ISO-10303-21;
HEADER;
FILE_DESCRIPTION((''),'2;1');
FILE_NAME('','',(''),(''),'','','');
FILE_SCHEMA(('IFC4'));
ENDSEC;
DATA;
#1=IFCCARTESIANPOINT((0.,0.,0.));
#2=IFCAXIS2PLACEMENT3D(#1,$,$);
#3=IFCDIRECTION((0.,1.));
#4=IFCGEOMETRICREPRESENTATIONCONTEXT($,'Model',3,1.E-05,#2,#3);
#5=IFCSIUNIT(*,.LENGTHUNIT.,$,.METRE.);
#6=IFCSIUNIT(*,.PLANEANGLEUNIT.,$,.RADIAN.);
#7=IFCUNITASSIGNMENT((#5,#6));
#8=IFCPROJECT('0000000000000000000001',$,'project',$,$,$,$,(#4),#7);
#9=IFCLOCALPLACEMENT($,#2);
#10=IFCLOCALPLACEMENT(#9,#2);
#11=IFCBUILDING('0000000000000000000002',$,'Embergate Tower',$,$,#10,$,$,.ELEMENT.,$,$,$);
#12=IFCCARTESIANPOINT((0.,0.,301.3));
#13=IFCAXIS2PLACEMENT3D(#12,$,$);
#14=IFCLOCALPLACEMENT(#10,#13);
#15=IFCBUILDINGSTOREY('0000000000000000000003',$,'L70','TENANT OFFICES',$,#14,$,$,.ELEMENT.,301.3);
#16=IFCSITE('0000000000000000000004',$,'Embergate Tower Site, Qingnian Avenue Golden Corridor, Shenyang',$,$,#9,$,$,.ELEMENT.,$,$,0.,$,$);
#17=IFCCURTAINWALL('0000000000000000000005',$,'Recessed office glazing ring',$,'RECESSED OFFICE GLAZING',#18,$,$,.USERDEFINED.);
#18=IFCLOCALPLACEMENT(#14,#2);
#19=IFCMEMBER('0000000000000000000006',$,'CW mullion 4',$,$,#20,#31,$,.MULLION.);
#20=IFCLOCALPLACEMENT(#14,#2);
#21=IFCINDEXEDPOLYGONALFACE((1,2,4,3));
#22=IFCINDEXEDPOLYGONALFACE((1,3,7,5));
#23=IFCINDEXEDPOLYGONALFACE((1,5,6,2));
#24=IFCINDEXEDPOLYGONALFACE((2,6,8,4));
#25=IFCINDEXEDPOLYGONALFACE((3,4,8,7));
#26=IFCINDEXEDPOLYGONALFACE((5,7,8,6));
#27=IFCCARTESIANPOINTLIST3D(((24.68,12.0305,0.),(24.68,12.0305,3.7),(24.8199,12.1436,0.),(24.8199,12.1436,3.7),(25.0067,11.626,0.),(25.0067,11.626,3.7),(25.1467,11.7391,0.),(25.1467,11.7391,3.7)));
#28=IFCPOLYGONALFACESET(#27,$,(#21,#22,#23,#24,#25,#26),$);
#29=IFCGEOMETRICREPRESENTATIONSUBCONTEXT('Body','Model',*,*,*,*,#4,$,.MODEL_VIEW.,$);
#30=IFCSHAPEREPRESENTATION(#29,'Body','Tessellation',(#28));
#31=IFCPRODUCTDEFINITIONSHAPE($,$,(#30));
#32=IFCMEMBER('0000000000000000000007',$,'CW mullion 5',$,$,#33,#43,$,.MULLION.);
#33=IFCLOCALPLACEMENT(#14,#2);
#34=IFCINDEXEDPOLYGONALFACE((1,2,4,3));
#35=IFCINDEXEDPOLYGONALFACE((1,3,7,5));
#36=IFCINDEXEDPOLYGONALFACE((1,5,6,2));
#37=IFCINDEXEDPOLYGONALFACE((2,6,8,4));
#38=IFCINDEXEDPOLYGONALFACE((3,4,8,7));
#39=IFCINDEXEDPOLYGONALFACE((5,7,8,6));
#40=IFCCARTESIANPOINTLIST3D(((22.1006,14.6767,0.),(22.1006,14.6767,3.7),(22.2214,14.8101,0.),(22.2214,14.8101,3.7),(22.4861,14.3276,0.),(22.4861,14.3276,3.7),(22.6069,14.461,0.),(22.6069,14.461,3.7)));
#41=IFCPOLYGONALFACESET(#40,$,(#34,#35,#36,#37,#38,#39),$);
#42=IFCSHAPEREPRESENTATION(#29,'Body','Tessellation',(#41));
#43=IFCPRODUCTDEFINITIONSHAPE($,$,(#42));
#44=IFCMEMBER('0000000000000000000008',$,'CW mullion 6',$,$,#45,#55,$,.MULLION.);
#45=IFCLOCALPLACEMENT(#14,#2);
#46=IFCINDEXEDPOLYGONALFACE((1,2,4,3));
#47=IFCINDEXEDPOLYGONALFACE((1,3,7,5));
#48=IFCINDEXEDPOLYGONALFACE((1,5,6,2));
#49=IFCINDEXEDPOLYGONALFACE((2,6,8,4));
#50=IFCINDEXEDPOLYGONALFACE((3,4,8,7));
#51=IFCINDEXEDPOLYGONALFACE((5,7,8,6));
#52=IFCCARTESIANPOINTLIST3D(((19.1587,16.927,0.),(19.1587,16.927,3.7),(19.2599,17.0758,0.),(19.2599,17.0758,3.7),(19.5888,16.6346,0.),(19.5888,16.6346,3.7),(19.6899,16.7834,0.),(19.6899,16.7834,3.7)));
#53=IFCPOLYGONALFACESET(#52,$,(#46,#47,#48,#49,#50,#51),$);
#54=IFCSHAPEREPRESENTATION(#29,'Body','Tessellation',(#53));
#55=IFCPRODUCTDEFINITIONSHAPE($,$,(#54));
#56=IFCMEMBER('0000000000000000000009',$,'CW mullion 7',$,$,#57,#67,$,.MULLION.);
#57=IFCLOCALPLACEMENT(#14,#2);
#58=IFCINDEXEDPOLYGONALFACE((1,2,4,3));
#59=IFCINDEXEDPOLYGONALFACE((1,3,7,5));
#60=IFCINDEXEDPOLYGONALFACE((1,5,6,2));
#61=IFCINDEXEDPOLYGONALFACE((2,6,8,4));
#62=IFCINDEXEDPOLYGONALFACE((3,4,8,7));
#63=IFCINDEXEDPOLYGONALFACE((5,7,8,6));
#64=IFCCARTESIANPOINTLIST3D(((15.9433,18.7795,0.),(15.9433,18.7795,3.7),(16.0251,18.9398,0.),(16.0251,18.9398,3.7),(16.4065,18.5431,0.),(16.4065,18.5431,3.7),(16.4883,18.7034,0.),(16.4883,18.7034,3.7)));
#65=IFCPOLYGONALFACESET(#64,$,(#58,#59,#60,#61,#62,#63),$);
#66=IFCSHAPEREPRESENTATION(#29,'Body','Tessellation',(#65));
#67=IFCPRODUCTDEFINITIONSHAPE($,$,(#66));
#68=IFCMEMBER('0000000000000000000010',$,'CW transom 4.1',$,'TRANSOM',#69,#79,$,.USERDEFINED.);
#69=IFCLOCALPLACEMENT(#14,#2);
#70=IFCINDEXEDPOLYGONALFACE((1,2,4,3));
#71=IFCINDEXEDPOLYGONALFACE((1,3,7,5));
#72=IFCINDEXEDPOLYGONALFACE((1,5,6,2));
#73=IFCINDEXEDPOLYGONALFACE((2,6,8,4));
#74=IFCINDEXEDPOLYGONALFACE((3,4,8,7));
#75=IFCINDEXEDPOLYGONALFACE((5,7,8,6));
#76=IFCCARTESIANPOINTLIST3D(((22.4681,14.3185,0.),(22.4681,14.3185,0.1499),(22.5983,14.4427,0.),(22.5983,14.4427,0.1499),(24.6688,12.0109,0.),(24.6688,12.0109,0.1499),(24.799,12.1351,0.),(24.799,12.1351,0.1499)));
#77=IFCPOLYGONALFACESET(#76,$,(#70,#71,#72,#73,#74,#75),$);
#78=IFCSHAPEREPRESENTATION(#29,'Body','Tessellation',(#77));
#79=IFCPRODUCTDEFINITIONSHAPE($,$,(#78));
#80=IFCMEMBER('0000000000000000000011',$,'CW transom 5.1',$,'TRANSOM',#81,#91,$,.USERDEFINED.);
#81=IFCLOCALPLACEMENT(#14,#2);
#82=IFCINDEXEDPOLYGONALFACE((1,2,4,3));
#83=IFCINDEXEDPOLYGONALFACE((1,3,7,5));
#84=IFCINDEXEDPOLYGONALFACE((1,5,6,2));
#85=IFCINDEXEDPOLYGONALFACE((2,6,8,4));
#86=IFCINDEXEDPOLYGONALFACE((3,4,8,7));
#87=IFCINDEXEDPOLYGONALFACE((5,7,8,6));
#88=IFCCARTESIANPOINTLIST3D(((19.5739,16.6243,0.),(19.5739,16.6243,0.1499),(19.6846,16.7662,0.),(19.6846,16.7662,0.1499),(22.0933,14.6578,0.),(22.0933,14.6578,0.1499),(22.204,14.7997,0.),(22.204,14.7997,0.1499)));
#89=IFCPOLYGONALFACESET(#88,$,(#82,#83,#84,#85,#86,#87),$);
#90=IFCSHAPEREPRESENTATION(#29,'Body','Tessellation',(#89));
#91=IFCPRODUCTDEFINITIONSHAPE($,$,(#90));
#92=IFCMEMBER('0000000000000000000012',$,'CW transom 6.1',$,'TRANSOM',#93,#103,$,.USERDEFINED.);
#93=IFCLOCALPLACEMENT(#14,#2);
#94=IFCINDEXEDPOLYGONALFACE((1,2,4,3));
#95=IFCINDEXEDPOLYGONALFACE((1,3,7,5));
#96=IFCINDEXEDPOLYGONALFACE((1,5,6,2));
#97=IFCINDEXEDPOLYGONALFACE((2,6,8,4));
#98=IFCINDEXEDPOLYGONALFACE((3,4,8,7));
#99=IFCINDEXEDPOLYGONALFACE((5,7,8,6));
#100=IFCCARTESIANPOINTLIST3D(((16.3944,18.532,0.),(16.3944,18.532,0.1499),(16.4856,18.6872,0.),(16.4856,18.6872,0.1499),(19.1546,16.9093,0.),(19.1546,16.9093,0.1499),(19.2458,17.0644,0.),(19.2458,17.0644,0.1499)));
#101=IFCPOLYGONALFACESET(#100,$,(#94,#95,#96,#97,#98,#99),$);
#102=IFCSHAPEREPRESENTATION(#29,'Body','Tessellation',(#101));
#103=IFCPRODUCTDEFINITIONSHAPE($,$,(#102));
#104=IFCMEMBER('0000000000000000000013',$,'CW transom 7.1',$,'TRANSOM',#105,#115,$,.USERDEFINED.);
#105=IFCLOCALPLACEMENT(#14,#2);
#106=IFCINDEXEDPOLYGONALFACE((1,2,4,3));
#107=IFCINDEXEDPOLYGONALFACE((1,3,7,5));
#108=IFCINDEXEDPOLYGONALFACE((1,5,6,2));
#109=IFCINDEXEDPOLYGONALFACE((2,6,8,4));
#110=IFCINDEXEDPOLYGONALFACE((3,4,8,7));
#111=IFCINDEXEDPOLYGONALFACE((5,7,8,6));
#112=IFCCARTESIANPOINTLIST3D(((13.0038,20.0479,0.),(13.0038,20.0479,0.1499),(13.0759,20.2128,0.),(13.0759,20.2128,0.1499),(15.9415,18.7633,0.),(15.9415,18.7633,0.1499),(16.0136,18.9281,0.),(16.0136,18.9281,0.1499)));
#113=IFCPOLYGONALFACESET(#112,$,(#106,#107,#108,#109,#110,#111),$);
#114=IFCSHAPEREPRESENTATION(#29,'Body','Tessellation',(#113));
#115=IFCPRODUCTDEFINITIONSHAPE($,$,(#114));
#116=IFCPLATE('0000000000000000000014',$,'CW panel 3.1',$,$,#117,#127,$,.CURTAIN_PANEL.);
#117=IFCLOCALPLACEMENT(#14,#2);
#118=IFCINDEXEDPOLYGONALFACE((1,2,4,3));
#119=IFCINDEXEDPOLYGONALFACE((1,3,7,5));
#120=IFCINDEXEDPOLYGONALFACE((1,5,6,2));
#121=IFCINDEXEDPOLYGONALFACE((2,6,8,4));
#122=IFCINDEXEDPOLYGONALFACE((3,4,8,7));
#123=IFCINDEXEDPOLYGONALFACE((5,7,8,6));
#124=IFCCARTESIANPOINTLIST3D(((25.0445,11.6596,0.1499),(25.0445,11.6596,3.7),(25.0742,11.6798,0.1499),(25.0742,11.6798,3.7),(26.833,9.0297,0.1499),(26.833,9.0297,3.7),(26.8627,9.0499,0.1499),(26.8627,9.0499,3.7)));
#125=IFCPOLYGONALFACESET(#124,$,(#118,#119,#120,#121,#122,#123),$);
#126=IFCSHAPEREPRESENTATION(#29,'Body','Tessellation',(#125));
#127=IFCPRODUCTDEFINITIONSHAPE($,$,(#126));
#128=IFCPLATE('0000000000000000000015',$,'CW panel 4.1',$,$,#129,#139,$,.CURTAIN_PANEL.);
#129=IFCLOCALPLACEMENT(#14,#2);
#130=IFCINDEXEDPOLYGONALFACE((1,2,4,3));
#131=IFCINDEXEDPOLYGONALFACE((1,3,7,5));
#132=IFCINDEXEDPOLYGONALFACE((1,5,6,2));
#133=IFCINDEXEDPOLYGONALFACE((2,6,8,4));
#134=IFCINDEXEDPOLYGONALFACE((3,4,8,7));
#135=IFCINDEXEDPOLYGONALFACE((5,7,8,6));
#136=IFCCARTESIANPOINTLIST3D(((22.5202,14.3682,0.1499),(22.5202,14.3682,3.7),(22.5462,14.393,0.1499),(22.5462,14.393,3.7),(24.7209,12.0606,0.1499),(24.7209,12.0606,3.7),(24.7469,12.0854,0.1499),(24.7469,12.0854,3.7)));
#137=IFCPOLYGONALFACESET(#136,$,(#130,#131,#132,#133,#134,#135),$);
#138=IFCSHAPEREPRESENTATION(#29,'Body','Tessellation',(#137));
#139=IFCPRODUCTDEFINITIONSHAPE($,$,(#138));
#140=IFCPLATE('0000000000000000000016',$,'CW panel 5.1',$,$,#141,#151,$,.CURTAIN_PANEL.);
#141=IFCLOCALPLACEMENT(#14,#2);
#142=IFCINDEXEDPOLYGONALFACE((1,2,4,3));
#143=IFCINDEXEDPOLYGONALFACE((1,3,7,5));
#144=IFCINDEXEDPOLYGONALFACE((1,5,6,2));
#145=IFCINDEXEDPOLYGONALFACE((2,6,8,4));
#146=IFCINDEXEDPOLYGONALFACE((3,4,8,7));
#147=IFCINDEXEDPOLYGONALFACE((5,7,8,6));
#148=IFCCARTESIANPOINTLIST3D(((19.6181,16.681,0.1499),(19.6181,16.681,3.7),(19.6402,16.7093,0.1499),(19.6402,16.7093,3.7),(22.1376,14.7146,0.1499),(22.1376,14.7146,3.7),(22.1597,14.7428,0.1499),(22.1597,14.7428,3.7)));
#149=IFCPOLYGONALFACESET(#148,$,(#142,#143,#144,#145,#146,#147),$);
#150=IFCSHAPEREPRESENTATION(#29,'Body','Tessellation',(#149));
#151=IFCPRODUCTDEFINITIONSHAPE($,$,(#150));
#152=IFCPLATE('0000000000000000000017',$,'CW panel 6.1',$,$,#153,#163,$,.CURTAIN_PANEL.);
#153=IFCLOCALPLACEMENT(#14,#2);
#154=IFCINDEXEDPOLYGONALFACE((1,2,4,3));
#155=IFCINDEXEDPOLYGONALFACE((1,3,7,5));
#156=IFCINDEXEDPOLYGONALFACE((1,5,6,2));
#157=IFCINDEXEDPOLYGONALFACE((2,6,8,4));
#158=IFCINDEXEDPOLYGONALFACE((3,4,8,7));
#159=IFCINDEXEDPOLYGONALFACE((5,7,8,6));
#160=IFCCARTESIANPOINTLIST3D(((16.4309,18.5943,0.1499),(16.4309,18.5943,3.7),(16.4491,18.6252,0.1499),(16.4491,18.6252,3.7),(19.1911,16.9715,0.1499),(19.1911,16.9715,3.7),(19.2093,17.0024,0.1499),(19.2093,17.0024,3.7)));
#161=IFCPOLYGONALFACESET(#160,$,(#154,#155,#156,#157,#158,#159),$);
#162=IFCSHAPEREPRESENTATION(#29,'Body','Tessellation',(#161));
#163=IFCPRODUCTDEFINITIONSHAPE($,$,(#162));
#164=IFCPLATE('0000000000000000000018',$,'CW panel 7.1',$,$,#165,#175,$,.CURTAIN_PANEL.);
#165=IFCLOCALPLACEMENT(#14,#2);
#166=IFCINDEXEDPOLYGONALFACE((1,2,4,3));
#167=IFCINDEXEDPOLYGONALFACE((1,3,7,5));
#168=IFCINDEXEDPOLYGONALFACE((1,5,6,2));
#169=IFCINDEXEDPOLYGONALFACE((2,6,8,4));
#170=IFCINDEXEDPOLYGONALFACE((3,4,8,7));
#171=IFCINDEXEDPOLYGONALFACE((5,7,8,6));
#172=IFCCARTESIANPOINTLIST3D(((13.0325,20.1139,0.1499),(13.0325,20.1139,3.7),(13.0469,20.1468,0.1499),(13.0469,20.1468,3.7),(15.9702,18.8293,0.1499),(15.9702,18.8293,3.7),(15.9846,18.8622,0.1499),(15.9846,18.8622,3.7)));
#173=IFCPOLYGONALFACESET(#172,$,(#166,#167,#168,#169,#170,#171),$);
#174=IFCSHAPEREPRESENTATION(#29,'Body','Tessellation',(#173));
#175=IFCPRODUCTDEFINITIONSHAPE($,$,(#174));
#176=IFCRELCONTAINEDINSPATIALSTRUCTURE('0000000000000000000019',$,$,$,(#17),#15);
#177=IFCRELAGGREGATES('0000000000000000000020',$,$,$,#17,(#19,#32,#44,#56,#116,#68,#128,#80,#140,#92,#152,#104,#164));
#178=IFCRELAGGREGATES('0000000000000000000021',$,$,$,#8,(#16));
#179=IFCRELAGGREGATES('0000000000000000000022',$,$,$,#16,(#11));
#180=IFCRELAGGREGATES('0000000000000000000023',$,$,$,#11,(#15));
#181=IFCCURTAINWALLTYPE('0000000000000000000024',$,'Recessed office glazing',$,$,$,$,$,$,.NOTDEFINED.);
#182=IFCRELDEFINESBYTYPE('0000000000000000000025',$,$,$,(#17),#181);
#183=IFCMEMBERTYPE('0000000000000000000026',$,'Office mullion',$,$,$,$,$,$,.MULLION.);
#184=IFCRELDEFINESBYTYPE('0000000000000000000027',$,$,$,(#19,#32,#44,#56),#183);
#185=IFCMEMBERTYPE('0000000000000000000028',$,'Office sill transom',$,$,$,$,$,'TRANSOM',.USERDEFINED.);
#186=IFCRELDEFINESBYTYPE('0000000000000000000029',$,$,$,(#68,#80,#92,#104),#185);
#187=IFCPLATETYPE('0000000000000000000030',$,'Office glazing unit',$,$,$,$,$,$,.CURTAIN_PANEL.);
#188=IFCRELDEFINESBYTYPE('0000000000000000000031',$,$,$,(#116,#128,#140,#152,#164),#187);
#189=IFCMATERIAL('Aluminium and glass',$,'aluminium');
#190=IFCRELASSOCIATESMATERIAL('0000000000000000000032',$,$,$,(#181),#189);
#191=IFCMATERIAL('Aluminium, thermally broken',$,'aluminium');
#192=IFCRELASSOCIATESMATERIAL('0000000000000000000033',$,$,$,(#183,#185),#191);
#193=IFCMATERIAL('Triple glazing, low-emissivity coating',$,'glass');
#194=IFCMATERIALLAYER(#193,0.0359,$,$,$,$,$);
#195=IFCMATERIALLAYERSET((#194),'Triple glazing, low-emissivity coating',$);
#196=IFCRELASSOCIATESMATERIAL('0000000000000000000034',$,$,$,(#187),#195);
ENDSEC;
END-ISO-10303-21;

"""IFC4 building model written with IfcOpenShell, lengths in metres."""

from ifc_helpers import new_model, si_unit, direction, frame, origin, origin_2d, place, context, subcontext, project, spatial, rectangle, extrude, source, transform, mapped, material, layer, layer_set, material_profile, profile_set, type_object, element, aggregate, save


model = new_model("IFC4")

# Units and contexts
model_context = context("Model", 3, precision=1e-05, world=origin(), true_north=direction((0.0, 1.0)))
body_context = subcontext(model_context, "Body", "Model", "MODEL_VIEW")
ifc_project = project(units=[si_unit("LENGTHUNIT", "METRE"), si_unit("PLANEANGLEUNIT", "RADIAN")], contexts=[model_context])

# Site, building, storey
site_placement = place(None, origin())
site = spatial("IfcSite", under=ifc_project, at=site_placement, Name="Embergate Tower Site, Qingnian Avenue Golden Corridor, Shenyang", CompositionType="ELEMENT", RefElevation=0.0)
building_placement = place(site_placement, origin())
building = spatial("IfcBuilding", under=site, at=building_placement, Name="Embergate Tower", CompositionType="ELEMENT")
storey_placement = place(building_placement, frame((0.0, 0.0, 301.3)))
storey = spatial("IfcBuildingStorey", under=building, at=storey_placement, Name="L70", Description="TENANT OFFICES", CompositionType="ELEMENT", Elevation=301.3)

# Curtain wall, members, plates
ifc_material_1 = material(Name="Aluminium and glass", Category="aluminium")
curtain_wall_type = type_object("IfcCurtainWallType", Name="Recessed office glazing", PredefinedType="NOTDEFINED", material=ifc_material_1)
curtain_wall_placement = place(storey_placement, origin())
curtain_wall = element("IfcCurtainWall", 1, at=curtain_wall_placement, inside=storey, type_object=curtain_wall_type, Name="Recessed office glazing ring", ObjectType="RECESSED OFFICE GLAZING", PredefinedType="USERDEFINED")
ifc_material_2 = material(Name="Aluminium, thermally broken", Category="aluminium")
ifc_material_profile_1 = material_profile(ifc_material_2, rectangle(XDim=0.1799, YDim=0.52, at=origin_2d()), Name="AL 520x180")
ifc_profile_set_1 = profile_set([ifc_material_profile_1], Name="Aluminium, thermally broken")
member_type_1 = type_object("IfcMemberType", Name="Office mullion", PredefinedType="MULLION", material=ifc_profile_set_1)
shared_shape_1 = source(origin(), body_context, "Body", "SweptSolid", [
    extrude(rectangle(XDim=0.1799, YDim=0.52, at=origin_2d()), origin(), (0.0, 0.0, 1.0), 3.7),
])
member_1_placement = place(storey_placement, frame((24.9133, 11.8848, 0.0), z_axis=(0.0, 0.0, 1.0), x_axis=(-0.777864, -0.628433, 0.0)))
member_1 = element("IfcMember", 2, at=member_1_placement, type_object=member_type_1, Name="CW mullion 4", PredefinedType="MULLION", context=body_context, shape_type="MappedRepresentation", body=[
    mapped(shared_shape_1, transform((0.0, 0.0, 0.0))),
])
member_2_placement = place(storey_placement, frame((22.3538, 14.5688, 0.0), z_axis=(0.0, 0.0, 1.0), x_axis=(-0.67122, -0.741258, 0.0)))
member_2 = element("IfcMember", 3, at=member_2_placement, type_object=member_type_1, Name="CW mullion 5", PredefinedType="MULLION", context=body_context, shape_type="MappedRepresentation", body=[
    mapped(shared_shape_1, transform((0.0, 0.0, 0.0))),
])
member_3_placement = place(storey_placement, frame((19.4243, 16.8552, 0.0), z_axis=(0.0, 0.0, 1.0), x_axis=(-0.562213, -0.826992, 0.0)))
member_3 = element("IfcMember", 4, at=member_3_placement, type_object=member_type_1, Name="CW mullion 6", PredefinedType="MULLION", context=body_context, shape_type="MappedRepresentation", body=[
    mapped(shared_shape_1, transform((0.0, 0.0, 0.0))),
])
member_4_placement = place(storey_placement, frame((16.2158, 18.7415, 0.0), z_axis=(0.0, 0.0, 1.0), x_axis=(-0.454508, -0.890743, 0.0)))
member_4 = element("IfcMember", 5, at=member_4_placement, type_object=member_type_1, Name="CW mullion 7", PredefinedType="MULLION", context=body_context, shape_type="MappedRepresentation", body=[
    mapped(shared_shape_1, transform((0.0, 0.0, 0.0))),
])
ifc_material_profile_2 = material_profile(ifc_material_2, rectangle(XDim=0.1799, YDim=0.1499, at=origin_2d()), Name="AL 150x180")
ifc_profile_set_2 = profile_set([ifc_material_profile_2], Name="Aluminium, thermally broken")
member_type_2 = type_object("IfcMemberType", Name="Office sill transom", ElementType="TRANSOM", PredefinedType="USERDEFINED", material=ifc_profile_set_2)
shared_shape_2 = source(origin(), body_context, "Body", "SweptSolid", [
    extrude(rectangle(XDim=0.1799, YDim=0.1499, at=origin_2d()), origin(), (0.0, 0.0, 1.0), 3.1887),
])
member_5_placement = place(storey_placement, frame((24.7339, 12.073, 0.075), z_axis=(-0.690141, 0.723675, 0.0), x_axis=(-0.723675, -0.690141, 0.0)))
member_5 = element("IfcMember", 6, at=member_5_placement, type_object=member_type_2, Name="CW transom 4.1", ObjectType="TRANSOM", PredefinedType="USERDEFINED", context=body_context, shape_type="MappedRepresentation", body=[
    mapped(shared_shape_2, transform((0.0, 0.0, 0.0))),
])
shared_shape_3 = source(origin(), body_context, "Body", "SweptSolid", [
    extrude(rectangle(XDim=0.1799, YDim=0.1499, at=origin_2d()), origin(), (0.0, 0.0, 1.0), 3.196),
])
member_6_placement = place(storey_placement, frame((22.1487, 14.7288, 0.075), z_axis=(-0.788302, 0.615288, 0.0), x_axis=(-0.615288, -0.788302, 0.0)))
member_6 = element("IfcMember", 7, at=member_6_placement, type_object=member_type_2, Name="CW transom 5.1", ObjectType="TRANSOM", PredefinedType="USERDEFINED", context=body_context, shape_type="MappedRepresentation", body=[
    mapped(shared_shape_3, transform((0.0, 0.0, 0.0))),
])
shared_shape_4 = source(origin(), body_context, "Body", "SweptSolid", [
    extrude(rectangle(XDim=0.1799, YDim=0.1499, at=origin_2d()), origin(), (0.0, 0.0, 1.0), 3.2019),
])
member_7_placement = place(storey_placement, frame((19.2002, 16.9868, 0.075), z_axis=(-0.862054, 0.506817, 0.0), x_axis=(-0.506817, -0.862054, 0.0)))
member_7 = element("IfcMember", 8, at=member_7_placement, type_object=member_type_2, Name="CW transom 6.1", ObjectType="TRANSOM", PredefinedType="USERDEFINED", context=body_context, shape_type="MappedRepresentation", body=[
    mapped(shared_shape_4, transform((0.0, 0.0, 0.0))),
])
shared_shape_5 = source(origin(), body_context, "Body", "SweptSolid", [
    extrude(rectangle(XDim=0.1799, YDim=0.1499, at=origin_2d()), origin(), (0.0, 0.0, 1.0), 3.2063),
])
member_8_placement = place(storey_placement, frame((15.9775, 18.8457, 0.075), z_axis=(-0.916225, 0.400663, 0.0), x_axis=(-0.400663, -0.916225, 0.0)))
member_8 = element("IfcMember", 9, at=member_8_placement, type_object=member_type_2, Name="CW transom 7.1", ObjectType="TRANSOM", PredefinedType="USERDEFINED", context=body_context, shape_type="MappedRepresentation", body=[
    mapped(shared_shape_5, transform((0.0, 0.0, 0.0))),
])
ifc_material_3 = material(Name="Triple glazing, low-emissivity coating", Category="glass")
ifc_layer_1 = layer(ifc_material_3, 0.0359)
ifc_layer_set_1 = layer_set([ifc_layer_1], Name="Triple glazing, low-emissivity coating")
plate_type = type_object("IfcPlateType", Name="Office glazing unit", PredefinedType="CURTAIN_PANEL", material=ifc_layer_set_1)
shared_shape_6 = source(origin(), body_context, "Body", "SweptSolid", [
    extrude(rectangle(XDim=3.1804, YDim=0.0359, at=origin_2d()), origin(), (0.0, 0.0, 1.0), 3.55),
])
plate_1_placement = place(storey_placement, frame((25.9536, 10.3547, 0.1499), z_axis=(0.0, 0.0, 1.0), x_axis=(-0.562342, 0.826905, 0.0)))
plate_1 = element("IfcPlate", 10, at=plate_1_placement, type_object=plate_type, Name="CW panel 3.1", PredefinedType="CURTAIN_PANEL", context=body_context, shape_type="MappedRepresentation", body=[
    mapped(shared_shape_6, transform((0.0, 0.0, 0.0))),
])
shared_shape_7 = source(origin(), body_context, "Body", "SweptSolid", [
    extrude(rectangle(XDim=3.1887, YDim=0.0359, at=origin_2d()), origin(), (0.0, 0.0, 1.0), 3.55),
])
plate_2_placement = place(storey_placement, frame((23.6335, 13.2268, 0.1499), z_axis=(0.0, 0.0, 1.0), x_axis=(-0.690133, 0.723683, 0.0)))
plate_2 = element("IfcPlate", 11, at=plate_2_placement, type_object=plate_type, Name="CW panel 4.1", PredefinedType="CURTAIN_PANEL", context=body_context, shape_type="MappedRepresentation", body=[
    mapped(shared_shape_7, transform((0.0, 0.0, 0.0))),
])
shared_shape_8 = source(origin(), body_context, "Body", "SweptSolid", [
    extrude(rectangle(XDim=3.196, YDim=0.0359, at=origin_2d()), origin(), (0.0, 0.0, 1.0), 3.55),
])
plate_3_placement = place(storey_placement, frame((20.8889, 15.7119, 0.1499), z_axis=(0.0, 0.0, 1.0), x_axis=(-0.788318, 0.615268, 0.0)))
plate_3 = element("IfcPlate", 12, at=plate_3_placement, type_object=plate_type, Name="CW panel 5.1", PredefinedType="CURTAIN_PANEL", context=body_context, shape_type="MappedRepresentation", body=[
    mapped(shared_shape_8, transform((0.0, 0.0, 0.0))),
])
shared_shape_9 = source(origin(), body_context, "Body", "SweptSolid", [
    extrude(rectangle(XDim=3.2019, YDim=0.0359, at=origin_2d()), origin(), (0.0, 0.0, 1.0), 3.55),
])
plate_4_placement = place(storey_placement, frame((17.8201, 17.7983, 0.1499), z_axis=(0.0, 0.0, 1.0), x_axis=(-0.862051, 0.506822, 0.0)))
plate_4 = element("IfcPlate", 13, at=plate_4_placement, type_object=plate_type, Name="CW panel 6.1", PredefinedType="CURTAIN_PANEL", context=body_context, shape_type="MappedRepresentation", body=[
    mapped(shared_shape_9, transform((0.0, 0.0, 0.0))),
])
shared_shape_10 = source(origin(), body_context, "Body", "SweptSolid", [
    extrude(rectangle(XDim=3.2063, YDim=0.0359, at=origin_2d()), origin(), (0.0, 0.0, 1.0), 3.55),
])
plate_5_placement = place(storey_placement, frame((14.5085, 19.488, 0.1499), z_axis=(0.0, 0.0, 1.0), x_axis=(-0.916234, 0.400643, 0.0)))
plate_5 = element("IfcPlate", 14, at=plate_5_placement, type_object=plate_type, Name="CW panel 7.1", PredefinedType="CURTAIN_PANEL", context=body_context, shape_type="MappedRepresentation", body=[
    mapped(shared_shape_10, transform((0.0, 0.0, 0.0))),
])
aggregate(curtain_wall, [member_1, member_2, member_3, member_4, plate_1, member_5, plate_2, member_6, plate_3, member_7, plate_4, member_8, plate_5])

save(model, "model.ifc")
